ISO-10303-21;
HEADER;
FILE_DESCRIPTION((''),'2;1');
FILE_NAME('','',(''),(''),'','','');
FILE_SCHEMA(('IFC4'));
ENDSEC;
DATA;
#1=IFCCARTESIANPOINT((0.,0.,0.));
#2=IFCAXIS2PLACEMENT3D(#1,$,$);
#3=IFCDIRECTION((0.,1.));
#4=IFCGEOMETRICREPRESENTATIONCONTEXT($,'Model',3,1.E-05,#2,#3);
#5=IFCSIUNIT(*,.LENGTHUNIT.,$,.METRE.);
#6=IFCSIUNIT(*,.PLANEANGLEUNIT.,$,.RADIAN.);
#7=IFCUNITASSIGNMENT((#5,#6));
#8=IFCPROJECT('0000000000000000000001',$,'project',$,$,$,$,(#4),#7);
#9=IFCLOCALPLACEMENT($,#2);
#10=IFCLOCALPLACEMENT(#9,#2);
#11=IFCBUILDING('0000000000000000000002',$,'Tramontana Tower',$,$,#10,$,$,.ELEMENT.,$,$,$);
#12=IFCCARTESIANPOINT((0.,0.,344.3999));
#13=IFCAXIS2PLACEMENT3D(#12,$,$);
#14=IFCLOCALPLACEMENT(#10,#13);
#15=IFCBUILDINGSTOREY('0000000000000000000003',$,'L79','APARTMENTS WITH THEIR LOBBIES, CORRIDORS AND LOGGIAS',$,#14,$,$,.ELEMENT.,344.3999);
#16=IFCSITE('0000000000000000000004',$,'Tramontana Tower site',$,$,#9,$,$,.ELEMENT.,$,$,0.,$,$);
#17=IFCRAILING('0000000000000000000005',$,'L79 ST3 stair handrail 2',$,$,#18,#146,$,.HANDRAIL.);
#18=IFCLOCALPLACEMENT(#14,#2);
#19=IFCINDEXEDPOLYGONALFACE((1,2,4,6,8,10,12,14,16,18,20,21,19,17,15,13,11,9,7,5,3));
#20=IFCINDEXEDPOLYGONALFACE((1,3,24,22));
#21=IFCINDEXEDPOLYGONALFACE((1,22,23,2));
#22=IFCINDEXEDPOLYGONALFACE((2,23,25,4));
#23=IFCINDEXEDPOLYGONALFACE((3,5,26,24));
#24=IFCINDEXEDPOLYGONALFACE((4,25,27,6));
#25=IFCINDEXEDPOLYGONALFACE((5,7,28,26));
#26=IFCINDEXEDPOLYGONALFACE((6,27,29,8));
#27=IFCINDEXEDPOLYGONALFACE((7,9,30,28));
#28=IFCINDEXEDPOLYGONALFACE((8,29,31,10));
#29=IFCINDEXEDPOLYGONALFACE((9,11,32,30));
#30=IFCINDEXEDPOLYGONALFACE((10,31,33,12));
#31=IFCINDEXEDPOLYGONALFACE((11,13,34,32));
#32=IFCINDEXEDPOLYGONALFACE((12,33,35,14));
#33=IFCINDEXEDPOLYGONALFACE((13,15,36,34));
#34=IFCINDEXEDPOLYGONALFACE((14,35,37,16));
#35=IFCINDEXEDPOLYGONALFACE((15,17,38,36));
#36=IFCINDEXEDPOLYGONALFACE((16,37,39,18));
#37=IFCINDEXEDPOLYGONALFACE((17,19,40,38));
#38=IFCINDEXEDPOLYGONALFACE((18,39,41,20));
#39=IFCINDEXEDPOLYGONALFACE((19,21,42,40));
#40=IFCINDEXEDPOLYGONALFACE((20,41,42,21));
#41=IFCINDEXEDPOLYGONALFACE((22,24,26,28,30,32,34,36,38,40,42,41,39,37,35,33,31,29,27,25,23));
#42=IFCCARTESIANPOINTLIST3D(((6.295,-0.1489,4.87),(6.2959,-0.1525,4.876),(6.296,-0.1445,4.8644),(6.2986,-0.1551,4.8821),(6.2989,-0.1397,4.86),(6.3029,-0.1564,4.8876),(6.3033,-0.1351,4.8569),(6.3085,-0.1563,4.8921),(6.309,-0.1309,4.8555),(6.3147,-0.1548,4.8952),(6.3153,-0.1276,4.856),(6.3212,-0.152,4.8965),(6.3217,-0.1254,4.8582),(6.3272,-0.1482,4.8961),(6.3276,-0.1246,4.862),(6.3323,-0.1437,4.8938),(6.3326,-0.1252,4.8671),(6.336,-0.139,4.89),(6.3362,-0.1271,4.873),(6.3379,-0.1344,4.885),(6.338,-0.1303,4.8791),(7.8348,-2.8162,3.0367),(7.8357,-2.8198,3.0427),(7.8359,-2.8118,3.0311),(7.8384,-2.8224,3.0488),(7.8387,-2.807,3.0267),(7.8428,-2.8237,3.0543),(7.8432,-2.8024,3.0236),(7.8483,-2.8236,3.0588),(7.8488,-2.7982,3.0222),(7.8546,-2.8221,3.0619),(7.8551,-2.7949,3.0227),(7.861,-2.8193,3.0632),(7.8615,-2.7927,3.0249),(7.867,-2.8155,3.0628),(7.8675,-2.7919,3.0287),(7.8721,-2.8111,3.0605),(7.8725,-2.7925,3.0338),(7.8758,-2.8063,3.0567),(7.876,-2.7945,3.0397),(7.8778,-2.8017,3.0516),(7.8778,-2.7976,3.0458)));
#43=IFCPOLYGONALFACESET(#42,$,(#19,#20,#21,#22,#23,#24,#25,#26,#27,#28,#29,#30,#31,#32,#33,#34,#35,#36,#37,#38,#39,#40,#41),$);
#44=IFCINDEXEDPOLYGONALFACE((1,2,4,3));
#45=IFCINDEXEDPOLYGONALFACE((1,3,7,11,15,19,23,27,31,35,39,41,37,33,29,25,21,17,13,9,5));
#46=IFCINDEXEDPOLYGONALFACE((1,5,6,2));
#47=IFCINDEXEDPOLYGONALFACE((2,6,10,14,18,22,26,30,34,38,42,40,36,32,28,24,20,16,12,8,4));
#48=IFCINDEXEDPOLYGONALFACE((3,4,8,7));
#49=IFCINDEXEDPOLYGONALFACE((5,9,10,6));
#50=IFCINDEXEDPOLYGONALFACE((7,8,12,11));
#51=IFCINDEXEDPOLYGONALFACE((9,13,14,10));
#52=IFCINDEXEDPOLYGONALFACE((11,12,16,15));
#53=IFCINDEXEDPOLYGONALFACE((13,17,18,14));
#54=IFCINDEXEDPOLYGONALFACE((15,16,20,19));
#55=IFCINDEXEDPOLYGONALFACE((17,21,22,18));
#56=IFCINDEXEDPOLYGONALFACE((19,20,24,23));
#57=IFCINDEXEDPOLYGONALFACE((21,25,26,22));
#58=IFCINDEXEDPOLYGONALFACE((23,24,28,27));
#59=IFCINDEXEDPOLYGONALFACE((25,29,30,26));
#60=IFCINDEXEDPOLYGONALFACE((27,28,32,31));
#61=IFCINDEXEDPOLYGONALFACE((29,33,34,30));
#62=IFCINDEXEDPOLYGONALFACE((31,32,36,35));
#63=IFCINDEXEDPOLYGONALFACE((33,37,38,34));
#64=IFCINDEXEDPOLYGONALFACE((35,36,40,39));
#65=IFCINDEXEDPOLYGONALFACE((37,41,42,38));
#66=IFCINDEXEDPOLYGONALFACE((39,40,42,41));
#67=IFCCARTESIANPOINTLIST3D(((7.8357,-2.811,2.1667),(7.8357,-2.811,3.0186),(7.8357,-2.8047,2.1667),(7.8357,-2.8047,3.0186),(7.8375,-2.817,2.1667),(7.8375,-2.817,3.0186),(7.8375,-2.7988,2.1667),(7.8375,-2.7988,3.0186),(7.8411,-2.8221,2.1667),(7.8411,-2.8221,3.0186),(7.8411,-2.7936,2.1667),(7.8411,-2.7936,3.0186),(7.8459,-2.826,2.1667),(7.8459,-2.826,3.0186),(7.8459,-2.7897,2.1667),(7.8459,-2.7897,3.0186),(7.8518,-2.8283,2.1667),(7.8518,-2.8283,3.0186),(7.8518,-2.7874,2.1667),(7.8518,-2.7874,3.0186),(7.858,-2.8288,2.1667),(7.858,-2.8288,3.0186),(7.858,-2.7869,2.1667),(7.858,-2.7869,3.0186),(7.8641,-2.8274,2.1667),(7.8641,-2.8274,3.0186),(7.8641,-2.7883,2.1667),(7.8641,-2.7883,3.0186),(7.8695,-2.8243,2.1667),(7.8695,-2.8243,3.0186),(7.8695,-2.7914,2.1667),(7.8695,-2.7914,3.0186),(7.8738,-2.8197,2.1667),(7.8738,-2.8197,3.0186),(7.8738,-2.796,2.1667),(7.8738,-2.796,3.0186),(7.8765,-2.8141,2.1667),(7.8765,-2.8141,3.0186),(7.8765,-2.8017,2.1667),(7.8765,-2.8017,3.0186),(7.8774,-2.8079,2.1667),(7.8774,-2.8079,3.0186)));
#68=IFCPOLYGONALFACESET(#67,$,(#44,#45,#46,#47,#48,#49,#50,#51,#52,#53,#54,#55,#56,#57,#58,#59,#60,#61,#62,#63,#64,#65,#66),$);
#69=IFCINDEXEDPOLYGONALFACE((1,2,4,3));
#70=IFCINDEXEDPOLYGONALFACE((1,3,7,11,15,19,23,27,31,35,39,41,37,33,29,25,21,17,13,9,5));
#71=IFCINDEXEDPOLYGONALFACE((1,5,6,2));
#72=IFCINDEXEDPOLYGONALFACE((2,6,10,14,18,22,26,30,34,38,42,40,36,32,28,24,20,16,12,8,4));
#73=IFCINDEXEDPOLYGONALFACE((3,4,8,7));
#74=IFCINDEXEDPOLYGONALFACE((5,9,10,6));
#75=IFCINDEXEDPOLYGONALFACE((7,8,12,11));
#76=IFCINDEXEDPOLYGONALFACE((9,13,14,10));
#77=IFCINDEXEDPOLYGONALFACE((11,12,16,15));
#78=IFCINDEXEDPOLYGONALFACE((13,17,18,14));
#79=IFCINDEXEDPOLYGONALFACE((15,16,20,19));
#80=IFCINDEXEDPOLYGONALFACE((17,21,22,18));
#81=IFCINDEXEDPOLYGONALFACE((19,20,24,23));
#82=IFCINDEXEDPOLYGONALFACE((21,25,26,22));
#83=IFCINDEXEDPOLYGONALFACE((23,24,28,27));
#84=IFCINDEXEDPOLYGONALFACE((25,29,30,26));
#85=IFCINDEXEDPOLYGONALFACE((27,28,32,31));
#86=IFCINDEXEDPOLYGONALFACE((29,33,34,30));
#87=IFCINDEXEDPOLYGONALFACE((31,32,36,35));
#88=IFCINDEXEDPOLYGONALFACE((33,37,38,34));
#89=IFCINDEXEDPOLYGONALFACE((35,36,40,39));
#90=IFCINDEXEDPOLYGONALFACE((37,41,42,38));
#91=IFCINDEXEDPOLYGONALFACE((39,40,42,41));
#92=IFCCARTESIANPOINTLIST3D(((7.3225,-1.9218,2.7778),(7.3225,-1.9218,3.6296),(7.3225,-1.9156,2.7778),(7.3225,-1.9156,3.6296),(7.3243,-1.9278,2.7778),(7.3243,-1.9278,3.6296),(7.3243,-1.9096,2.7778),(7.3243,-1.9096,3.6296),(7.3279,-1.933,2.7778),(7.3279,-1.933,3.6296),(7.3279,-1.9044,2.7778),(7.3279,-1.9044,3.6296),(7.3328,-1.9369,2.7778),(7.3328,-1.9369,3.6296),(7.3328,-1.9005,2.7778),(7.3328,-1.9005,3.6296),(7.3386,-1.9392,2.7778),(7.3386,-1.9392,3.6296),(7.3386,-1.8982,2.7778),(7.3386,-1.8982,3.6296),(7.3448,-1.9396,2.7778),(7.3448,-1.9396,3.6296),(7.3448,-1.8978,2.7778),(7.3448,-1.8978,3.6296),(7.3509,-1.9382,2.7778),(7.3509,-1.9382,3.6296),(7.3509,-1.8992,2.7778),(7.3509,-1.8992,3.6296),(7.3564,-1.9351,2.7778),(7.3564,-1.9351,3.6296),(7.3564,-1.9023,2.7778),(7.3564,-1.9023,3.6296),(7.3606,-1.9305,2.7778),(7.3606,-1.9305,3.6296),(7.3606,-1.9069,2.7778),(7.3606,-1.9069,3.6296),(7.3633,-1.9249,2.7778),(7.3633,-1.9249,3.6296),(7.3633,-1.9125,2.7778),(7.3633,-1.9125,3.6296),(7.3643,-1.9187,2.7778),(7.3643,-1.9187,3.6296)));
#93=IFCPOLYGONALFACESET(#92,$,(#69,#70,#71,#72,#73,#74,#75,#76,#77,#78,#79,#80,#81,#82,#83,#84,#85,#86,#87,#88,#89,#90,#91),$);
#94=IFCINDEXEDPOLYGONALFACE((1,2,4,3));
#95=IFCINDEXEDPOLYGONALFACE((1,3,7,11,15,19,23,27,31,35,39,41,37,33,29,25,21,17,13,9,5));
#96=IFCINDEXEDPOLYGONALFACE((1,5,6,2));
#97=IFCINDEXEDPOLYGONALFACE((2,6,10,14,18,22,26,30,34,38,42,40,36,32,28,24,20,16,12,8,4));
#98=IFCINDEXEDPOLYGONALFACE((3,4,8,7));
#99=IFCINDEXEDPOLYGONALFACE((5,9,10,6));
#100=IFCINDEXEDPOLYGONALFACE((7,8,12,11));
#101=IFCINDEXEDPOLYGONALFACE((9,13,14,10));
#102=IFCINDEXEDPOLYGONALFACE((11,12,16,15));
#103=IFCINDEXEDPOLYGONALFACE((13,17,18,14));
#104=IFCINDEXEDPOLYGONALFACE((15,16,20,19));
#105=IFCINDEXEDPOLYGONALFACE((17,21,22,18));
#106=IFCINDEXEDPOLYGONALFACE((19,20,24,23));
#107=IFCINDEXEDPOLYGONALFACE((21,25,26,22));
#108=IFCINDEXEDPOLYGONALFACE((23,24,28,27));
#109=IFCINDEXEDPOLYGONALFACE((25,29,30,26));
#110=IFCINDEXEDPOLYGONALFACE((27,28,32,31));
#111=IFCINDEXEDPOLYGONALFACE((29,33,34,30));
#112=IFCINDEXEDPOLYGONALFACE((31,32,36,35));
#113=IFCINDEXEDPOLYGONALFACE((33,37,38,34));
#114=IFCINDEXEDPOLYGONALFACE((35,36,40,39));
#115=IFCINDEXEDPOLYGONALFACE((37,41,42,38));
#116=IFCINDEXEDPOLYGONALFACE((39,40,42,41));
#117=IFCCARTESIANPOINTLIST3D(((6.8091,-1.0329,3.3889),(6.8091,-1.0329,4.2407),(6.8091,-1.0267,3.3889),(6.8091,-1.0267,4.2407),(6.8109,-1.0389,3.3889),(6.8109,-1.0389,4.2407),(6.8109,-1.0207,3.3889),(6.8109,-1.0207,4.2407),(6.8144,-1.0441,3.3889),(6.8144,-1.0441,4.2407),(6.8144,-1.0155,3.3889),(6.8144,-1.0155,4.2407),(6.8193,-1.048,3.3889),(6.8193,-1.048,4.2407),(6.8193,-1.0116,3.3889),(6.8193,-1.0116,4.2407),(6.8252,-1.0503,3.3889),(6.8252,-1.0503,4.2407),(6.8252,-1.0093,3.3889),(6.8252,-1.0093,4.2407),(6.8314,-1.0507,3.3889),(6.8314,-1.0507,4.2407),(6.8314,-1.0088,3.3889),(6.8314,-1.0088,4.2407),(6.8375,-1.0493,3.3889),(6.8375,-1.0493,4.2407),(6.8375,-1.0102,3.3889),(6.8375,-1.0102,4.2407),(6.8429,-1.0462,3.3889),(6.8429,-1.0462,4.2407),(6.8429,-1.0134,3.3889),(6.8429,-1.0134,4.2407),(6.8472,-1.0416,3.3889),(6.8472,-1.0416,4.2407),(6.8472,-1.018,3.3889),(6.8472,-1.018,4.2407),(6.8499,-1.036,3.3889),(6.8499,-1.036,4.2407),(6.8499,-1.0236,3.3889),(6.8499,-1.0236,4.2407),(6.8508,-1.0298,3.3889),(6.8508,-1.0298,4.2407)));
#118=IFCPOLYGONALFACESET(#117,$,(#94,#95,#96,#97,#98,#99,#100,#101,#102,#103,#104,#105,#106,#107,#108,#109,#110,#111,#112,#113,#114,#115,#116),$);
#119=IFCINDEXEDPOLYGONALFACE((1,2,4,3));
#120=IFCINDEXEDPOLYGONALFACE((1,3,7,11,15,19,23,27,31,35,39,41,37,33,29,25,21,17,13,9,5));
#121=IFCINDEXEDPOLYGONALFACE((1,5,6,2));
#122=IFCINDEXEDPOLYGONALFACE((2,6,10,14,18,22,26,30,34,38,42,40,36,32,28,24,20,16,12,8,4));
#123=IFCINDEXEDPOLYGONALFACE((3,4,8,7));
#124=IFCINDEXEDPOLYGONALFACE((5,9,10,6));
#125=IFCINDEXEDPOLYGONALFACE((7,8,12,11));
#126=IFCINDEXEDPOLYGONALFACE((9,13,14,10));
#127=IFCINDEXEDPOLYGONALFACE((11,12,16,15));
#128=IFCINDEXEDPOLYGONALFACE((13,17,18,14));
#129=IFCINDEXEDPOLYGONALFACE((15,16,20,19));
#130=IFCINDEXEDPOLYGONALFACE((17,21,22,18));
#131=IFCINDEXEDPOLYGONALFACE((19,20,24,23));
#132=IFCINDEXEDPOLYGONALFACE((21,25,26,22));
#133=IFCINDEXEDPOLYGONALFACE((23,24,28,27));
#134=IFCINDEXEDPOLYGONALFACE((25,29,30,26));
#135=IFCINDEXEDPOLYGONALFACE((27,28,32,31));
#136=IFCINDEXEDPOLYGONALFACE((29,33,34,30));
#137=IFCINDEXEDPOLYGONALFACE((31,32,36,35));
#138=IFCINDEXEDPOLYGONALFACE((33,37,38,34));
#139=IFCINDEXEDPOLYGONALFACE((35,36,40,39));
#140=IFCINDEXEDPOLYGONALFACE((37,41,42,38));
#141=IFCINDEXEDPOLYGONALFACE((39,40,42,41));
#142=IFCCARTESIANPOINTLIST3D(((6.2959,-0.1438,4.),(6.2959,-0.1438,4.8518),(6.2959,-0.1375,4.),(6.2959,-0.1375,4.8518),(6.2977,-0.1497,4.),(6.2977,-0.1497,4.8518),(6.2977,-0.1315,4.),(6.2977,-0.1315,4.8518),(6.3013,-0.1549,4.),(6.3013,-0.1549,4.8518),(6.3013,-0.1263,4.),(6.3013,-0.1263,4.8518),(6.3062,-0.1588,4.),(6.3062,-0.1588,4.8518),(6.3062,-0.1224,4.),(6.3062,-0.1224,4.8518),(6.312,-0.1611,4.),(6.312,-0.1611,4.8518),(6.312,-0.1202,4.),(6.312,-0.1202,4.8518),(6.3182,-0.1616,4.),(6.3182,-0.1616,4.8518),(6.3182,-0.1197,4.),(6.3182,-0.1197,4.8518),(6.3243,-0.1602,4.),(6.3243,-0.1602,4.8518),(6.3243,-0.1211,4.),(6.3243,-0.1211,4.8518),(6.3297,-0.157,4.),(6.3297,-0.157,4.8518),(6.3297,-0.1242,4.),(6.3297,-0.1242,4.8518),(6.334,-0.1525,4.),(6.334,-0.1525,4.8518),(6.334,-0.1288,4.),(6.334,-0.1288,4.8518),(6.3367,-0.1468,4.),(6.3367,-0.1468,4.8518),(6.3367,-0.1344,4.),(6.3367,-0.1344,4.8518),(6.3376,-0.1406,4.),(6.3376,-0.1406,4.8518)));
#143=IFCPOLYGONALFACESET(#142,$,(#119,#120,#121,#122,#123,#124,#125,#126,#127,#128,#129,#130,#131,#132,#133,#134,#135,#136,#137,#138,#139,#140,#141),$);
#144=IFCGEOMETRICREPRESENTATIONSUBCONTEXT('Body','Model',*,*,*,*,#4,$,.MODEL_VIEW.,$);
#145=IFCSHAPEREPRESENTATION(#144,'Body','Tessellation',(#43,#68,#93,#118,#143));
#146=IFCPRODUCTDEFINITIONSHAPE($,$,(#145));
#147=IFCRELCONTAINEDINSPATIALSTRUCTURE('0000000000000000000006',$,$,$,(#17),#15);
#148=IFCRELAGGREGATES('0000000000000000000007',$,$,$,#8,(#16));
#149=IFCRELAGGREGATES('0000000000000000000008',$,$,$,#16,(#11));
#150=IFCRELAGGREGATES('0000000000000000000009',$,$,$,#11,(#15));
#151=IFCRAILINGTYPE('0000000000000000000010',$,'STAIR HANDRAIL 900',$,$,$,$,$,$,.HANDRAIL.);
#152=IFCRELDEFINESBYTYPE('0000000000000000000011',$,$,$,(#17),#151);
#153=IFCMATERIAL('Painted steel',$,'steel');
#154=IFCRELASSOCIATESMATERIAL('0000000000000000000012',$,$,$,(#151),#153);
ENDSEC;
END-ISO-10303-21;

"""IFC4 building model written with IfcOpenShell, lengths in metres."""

from ifc_helpers import new_model, si_unit, direction, frame, origin, origin_2d, place, context, subcontext, project, spatial, circle, extrude, material, type_object, element, save


model = new_model("IFC4")

# Units and contexts
model_context = context("Model", 3, precision=1e-05, world=origin(), true_north=direction((0.0, 1.0)))
body_context = subcontext(model_context, "Body", "Model", "MODEL_VIEW")
ifc_project = project(units=[si_unit("LENGTHUNIT", "METRE"), si_unit("PLANEANGLEUNIT", "RADIAN")], contexts=[model_context])

# Site, building, storey
site_placement = place(None, origin())
site = spatial("IfcSite", under=ifc_project, at=site_placement, Name="Tramontana Tower site", CompositionType="ELEMENT", RefElevation=0.0)
building_placement = place(site_placement, origin())
building = spatial("IfcBuilding", under=site, at=building_placement, Name="Tramontana Tower", CompositionType="ELEMENT")
storey_placement = place(building_placement, frame((0.0, 0.0, 344.3999)))
storey = spatial("IfcBuildingStorey", under=building, at=storey_placement, Name="L79", Description="APARTMENTS WITH THEIR LOBBIES, CORRIDORS AND LOGGIAS", CompositionType="ELEMENT", Elevation=344.3999)

# Railing
ifc_material_1 = material(Name="Painted steel", Category="steel")
railing_type_1 = type_object("IfcRailingType", Name="STAIR HANDRAIL 900", PredefinedType="HANDRAIL", material=ifc_material_1)
railing_1_placement = place(storey_placement, frame((7.8564, -2.8079, 2.1667)))
element("IfcRailing", 1, at=railing_1_placement, inside=storey, type_object=railing_type_1, Name="L79 ST3 stair handrail 2", PredefinedType="HANDRAIL", context=body_context, shape_type="SweptSolid", body=[
    extrude(circle(Radius=0.0239, at=origin_2d()), frame((0.0, 0.0, 0.876), z_axis=(-0.429616, 0.744181, 0.511493), x_axis=(-0.866044, -0.499967, 0.0)), (0.0, 0.0, 1.0), 3.5842),
    extrude(circle(Radius=0.021, at=origin_2d()), origin(), (0.0, 0.0, 1.0), 0.8518),
    extrude(circle(Radius=0.021, at=origin_2d()), frame((-0.5132, 0.8892, 0.6111)), (0.0, 0.0, 1.0), 0.8518),
    extrude(circle(Radius=0.021, at=origin_2d()), frame((-1.0266, 1.7781, 1.2222)), (0.0, 0.0, 1.0), 0.8518),
    extrude(circle(Radius=0.021, at=origin_2d()), frame((-1.5398, 2.6672, 1.8333)), (0.0, 0.0, 1.0), 0.8518),
])

save(model, "model.ifc")
